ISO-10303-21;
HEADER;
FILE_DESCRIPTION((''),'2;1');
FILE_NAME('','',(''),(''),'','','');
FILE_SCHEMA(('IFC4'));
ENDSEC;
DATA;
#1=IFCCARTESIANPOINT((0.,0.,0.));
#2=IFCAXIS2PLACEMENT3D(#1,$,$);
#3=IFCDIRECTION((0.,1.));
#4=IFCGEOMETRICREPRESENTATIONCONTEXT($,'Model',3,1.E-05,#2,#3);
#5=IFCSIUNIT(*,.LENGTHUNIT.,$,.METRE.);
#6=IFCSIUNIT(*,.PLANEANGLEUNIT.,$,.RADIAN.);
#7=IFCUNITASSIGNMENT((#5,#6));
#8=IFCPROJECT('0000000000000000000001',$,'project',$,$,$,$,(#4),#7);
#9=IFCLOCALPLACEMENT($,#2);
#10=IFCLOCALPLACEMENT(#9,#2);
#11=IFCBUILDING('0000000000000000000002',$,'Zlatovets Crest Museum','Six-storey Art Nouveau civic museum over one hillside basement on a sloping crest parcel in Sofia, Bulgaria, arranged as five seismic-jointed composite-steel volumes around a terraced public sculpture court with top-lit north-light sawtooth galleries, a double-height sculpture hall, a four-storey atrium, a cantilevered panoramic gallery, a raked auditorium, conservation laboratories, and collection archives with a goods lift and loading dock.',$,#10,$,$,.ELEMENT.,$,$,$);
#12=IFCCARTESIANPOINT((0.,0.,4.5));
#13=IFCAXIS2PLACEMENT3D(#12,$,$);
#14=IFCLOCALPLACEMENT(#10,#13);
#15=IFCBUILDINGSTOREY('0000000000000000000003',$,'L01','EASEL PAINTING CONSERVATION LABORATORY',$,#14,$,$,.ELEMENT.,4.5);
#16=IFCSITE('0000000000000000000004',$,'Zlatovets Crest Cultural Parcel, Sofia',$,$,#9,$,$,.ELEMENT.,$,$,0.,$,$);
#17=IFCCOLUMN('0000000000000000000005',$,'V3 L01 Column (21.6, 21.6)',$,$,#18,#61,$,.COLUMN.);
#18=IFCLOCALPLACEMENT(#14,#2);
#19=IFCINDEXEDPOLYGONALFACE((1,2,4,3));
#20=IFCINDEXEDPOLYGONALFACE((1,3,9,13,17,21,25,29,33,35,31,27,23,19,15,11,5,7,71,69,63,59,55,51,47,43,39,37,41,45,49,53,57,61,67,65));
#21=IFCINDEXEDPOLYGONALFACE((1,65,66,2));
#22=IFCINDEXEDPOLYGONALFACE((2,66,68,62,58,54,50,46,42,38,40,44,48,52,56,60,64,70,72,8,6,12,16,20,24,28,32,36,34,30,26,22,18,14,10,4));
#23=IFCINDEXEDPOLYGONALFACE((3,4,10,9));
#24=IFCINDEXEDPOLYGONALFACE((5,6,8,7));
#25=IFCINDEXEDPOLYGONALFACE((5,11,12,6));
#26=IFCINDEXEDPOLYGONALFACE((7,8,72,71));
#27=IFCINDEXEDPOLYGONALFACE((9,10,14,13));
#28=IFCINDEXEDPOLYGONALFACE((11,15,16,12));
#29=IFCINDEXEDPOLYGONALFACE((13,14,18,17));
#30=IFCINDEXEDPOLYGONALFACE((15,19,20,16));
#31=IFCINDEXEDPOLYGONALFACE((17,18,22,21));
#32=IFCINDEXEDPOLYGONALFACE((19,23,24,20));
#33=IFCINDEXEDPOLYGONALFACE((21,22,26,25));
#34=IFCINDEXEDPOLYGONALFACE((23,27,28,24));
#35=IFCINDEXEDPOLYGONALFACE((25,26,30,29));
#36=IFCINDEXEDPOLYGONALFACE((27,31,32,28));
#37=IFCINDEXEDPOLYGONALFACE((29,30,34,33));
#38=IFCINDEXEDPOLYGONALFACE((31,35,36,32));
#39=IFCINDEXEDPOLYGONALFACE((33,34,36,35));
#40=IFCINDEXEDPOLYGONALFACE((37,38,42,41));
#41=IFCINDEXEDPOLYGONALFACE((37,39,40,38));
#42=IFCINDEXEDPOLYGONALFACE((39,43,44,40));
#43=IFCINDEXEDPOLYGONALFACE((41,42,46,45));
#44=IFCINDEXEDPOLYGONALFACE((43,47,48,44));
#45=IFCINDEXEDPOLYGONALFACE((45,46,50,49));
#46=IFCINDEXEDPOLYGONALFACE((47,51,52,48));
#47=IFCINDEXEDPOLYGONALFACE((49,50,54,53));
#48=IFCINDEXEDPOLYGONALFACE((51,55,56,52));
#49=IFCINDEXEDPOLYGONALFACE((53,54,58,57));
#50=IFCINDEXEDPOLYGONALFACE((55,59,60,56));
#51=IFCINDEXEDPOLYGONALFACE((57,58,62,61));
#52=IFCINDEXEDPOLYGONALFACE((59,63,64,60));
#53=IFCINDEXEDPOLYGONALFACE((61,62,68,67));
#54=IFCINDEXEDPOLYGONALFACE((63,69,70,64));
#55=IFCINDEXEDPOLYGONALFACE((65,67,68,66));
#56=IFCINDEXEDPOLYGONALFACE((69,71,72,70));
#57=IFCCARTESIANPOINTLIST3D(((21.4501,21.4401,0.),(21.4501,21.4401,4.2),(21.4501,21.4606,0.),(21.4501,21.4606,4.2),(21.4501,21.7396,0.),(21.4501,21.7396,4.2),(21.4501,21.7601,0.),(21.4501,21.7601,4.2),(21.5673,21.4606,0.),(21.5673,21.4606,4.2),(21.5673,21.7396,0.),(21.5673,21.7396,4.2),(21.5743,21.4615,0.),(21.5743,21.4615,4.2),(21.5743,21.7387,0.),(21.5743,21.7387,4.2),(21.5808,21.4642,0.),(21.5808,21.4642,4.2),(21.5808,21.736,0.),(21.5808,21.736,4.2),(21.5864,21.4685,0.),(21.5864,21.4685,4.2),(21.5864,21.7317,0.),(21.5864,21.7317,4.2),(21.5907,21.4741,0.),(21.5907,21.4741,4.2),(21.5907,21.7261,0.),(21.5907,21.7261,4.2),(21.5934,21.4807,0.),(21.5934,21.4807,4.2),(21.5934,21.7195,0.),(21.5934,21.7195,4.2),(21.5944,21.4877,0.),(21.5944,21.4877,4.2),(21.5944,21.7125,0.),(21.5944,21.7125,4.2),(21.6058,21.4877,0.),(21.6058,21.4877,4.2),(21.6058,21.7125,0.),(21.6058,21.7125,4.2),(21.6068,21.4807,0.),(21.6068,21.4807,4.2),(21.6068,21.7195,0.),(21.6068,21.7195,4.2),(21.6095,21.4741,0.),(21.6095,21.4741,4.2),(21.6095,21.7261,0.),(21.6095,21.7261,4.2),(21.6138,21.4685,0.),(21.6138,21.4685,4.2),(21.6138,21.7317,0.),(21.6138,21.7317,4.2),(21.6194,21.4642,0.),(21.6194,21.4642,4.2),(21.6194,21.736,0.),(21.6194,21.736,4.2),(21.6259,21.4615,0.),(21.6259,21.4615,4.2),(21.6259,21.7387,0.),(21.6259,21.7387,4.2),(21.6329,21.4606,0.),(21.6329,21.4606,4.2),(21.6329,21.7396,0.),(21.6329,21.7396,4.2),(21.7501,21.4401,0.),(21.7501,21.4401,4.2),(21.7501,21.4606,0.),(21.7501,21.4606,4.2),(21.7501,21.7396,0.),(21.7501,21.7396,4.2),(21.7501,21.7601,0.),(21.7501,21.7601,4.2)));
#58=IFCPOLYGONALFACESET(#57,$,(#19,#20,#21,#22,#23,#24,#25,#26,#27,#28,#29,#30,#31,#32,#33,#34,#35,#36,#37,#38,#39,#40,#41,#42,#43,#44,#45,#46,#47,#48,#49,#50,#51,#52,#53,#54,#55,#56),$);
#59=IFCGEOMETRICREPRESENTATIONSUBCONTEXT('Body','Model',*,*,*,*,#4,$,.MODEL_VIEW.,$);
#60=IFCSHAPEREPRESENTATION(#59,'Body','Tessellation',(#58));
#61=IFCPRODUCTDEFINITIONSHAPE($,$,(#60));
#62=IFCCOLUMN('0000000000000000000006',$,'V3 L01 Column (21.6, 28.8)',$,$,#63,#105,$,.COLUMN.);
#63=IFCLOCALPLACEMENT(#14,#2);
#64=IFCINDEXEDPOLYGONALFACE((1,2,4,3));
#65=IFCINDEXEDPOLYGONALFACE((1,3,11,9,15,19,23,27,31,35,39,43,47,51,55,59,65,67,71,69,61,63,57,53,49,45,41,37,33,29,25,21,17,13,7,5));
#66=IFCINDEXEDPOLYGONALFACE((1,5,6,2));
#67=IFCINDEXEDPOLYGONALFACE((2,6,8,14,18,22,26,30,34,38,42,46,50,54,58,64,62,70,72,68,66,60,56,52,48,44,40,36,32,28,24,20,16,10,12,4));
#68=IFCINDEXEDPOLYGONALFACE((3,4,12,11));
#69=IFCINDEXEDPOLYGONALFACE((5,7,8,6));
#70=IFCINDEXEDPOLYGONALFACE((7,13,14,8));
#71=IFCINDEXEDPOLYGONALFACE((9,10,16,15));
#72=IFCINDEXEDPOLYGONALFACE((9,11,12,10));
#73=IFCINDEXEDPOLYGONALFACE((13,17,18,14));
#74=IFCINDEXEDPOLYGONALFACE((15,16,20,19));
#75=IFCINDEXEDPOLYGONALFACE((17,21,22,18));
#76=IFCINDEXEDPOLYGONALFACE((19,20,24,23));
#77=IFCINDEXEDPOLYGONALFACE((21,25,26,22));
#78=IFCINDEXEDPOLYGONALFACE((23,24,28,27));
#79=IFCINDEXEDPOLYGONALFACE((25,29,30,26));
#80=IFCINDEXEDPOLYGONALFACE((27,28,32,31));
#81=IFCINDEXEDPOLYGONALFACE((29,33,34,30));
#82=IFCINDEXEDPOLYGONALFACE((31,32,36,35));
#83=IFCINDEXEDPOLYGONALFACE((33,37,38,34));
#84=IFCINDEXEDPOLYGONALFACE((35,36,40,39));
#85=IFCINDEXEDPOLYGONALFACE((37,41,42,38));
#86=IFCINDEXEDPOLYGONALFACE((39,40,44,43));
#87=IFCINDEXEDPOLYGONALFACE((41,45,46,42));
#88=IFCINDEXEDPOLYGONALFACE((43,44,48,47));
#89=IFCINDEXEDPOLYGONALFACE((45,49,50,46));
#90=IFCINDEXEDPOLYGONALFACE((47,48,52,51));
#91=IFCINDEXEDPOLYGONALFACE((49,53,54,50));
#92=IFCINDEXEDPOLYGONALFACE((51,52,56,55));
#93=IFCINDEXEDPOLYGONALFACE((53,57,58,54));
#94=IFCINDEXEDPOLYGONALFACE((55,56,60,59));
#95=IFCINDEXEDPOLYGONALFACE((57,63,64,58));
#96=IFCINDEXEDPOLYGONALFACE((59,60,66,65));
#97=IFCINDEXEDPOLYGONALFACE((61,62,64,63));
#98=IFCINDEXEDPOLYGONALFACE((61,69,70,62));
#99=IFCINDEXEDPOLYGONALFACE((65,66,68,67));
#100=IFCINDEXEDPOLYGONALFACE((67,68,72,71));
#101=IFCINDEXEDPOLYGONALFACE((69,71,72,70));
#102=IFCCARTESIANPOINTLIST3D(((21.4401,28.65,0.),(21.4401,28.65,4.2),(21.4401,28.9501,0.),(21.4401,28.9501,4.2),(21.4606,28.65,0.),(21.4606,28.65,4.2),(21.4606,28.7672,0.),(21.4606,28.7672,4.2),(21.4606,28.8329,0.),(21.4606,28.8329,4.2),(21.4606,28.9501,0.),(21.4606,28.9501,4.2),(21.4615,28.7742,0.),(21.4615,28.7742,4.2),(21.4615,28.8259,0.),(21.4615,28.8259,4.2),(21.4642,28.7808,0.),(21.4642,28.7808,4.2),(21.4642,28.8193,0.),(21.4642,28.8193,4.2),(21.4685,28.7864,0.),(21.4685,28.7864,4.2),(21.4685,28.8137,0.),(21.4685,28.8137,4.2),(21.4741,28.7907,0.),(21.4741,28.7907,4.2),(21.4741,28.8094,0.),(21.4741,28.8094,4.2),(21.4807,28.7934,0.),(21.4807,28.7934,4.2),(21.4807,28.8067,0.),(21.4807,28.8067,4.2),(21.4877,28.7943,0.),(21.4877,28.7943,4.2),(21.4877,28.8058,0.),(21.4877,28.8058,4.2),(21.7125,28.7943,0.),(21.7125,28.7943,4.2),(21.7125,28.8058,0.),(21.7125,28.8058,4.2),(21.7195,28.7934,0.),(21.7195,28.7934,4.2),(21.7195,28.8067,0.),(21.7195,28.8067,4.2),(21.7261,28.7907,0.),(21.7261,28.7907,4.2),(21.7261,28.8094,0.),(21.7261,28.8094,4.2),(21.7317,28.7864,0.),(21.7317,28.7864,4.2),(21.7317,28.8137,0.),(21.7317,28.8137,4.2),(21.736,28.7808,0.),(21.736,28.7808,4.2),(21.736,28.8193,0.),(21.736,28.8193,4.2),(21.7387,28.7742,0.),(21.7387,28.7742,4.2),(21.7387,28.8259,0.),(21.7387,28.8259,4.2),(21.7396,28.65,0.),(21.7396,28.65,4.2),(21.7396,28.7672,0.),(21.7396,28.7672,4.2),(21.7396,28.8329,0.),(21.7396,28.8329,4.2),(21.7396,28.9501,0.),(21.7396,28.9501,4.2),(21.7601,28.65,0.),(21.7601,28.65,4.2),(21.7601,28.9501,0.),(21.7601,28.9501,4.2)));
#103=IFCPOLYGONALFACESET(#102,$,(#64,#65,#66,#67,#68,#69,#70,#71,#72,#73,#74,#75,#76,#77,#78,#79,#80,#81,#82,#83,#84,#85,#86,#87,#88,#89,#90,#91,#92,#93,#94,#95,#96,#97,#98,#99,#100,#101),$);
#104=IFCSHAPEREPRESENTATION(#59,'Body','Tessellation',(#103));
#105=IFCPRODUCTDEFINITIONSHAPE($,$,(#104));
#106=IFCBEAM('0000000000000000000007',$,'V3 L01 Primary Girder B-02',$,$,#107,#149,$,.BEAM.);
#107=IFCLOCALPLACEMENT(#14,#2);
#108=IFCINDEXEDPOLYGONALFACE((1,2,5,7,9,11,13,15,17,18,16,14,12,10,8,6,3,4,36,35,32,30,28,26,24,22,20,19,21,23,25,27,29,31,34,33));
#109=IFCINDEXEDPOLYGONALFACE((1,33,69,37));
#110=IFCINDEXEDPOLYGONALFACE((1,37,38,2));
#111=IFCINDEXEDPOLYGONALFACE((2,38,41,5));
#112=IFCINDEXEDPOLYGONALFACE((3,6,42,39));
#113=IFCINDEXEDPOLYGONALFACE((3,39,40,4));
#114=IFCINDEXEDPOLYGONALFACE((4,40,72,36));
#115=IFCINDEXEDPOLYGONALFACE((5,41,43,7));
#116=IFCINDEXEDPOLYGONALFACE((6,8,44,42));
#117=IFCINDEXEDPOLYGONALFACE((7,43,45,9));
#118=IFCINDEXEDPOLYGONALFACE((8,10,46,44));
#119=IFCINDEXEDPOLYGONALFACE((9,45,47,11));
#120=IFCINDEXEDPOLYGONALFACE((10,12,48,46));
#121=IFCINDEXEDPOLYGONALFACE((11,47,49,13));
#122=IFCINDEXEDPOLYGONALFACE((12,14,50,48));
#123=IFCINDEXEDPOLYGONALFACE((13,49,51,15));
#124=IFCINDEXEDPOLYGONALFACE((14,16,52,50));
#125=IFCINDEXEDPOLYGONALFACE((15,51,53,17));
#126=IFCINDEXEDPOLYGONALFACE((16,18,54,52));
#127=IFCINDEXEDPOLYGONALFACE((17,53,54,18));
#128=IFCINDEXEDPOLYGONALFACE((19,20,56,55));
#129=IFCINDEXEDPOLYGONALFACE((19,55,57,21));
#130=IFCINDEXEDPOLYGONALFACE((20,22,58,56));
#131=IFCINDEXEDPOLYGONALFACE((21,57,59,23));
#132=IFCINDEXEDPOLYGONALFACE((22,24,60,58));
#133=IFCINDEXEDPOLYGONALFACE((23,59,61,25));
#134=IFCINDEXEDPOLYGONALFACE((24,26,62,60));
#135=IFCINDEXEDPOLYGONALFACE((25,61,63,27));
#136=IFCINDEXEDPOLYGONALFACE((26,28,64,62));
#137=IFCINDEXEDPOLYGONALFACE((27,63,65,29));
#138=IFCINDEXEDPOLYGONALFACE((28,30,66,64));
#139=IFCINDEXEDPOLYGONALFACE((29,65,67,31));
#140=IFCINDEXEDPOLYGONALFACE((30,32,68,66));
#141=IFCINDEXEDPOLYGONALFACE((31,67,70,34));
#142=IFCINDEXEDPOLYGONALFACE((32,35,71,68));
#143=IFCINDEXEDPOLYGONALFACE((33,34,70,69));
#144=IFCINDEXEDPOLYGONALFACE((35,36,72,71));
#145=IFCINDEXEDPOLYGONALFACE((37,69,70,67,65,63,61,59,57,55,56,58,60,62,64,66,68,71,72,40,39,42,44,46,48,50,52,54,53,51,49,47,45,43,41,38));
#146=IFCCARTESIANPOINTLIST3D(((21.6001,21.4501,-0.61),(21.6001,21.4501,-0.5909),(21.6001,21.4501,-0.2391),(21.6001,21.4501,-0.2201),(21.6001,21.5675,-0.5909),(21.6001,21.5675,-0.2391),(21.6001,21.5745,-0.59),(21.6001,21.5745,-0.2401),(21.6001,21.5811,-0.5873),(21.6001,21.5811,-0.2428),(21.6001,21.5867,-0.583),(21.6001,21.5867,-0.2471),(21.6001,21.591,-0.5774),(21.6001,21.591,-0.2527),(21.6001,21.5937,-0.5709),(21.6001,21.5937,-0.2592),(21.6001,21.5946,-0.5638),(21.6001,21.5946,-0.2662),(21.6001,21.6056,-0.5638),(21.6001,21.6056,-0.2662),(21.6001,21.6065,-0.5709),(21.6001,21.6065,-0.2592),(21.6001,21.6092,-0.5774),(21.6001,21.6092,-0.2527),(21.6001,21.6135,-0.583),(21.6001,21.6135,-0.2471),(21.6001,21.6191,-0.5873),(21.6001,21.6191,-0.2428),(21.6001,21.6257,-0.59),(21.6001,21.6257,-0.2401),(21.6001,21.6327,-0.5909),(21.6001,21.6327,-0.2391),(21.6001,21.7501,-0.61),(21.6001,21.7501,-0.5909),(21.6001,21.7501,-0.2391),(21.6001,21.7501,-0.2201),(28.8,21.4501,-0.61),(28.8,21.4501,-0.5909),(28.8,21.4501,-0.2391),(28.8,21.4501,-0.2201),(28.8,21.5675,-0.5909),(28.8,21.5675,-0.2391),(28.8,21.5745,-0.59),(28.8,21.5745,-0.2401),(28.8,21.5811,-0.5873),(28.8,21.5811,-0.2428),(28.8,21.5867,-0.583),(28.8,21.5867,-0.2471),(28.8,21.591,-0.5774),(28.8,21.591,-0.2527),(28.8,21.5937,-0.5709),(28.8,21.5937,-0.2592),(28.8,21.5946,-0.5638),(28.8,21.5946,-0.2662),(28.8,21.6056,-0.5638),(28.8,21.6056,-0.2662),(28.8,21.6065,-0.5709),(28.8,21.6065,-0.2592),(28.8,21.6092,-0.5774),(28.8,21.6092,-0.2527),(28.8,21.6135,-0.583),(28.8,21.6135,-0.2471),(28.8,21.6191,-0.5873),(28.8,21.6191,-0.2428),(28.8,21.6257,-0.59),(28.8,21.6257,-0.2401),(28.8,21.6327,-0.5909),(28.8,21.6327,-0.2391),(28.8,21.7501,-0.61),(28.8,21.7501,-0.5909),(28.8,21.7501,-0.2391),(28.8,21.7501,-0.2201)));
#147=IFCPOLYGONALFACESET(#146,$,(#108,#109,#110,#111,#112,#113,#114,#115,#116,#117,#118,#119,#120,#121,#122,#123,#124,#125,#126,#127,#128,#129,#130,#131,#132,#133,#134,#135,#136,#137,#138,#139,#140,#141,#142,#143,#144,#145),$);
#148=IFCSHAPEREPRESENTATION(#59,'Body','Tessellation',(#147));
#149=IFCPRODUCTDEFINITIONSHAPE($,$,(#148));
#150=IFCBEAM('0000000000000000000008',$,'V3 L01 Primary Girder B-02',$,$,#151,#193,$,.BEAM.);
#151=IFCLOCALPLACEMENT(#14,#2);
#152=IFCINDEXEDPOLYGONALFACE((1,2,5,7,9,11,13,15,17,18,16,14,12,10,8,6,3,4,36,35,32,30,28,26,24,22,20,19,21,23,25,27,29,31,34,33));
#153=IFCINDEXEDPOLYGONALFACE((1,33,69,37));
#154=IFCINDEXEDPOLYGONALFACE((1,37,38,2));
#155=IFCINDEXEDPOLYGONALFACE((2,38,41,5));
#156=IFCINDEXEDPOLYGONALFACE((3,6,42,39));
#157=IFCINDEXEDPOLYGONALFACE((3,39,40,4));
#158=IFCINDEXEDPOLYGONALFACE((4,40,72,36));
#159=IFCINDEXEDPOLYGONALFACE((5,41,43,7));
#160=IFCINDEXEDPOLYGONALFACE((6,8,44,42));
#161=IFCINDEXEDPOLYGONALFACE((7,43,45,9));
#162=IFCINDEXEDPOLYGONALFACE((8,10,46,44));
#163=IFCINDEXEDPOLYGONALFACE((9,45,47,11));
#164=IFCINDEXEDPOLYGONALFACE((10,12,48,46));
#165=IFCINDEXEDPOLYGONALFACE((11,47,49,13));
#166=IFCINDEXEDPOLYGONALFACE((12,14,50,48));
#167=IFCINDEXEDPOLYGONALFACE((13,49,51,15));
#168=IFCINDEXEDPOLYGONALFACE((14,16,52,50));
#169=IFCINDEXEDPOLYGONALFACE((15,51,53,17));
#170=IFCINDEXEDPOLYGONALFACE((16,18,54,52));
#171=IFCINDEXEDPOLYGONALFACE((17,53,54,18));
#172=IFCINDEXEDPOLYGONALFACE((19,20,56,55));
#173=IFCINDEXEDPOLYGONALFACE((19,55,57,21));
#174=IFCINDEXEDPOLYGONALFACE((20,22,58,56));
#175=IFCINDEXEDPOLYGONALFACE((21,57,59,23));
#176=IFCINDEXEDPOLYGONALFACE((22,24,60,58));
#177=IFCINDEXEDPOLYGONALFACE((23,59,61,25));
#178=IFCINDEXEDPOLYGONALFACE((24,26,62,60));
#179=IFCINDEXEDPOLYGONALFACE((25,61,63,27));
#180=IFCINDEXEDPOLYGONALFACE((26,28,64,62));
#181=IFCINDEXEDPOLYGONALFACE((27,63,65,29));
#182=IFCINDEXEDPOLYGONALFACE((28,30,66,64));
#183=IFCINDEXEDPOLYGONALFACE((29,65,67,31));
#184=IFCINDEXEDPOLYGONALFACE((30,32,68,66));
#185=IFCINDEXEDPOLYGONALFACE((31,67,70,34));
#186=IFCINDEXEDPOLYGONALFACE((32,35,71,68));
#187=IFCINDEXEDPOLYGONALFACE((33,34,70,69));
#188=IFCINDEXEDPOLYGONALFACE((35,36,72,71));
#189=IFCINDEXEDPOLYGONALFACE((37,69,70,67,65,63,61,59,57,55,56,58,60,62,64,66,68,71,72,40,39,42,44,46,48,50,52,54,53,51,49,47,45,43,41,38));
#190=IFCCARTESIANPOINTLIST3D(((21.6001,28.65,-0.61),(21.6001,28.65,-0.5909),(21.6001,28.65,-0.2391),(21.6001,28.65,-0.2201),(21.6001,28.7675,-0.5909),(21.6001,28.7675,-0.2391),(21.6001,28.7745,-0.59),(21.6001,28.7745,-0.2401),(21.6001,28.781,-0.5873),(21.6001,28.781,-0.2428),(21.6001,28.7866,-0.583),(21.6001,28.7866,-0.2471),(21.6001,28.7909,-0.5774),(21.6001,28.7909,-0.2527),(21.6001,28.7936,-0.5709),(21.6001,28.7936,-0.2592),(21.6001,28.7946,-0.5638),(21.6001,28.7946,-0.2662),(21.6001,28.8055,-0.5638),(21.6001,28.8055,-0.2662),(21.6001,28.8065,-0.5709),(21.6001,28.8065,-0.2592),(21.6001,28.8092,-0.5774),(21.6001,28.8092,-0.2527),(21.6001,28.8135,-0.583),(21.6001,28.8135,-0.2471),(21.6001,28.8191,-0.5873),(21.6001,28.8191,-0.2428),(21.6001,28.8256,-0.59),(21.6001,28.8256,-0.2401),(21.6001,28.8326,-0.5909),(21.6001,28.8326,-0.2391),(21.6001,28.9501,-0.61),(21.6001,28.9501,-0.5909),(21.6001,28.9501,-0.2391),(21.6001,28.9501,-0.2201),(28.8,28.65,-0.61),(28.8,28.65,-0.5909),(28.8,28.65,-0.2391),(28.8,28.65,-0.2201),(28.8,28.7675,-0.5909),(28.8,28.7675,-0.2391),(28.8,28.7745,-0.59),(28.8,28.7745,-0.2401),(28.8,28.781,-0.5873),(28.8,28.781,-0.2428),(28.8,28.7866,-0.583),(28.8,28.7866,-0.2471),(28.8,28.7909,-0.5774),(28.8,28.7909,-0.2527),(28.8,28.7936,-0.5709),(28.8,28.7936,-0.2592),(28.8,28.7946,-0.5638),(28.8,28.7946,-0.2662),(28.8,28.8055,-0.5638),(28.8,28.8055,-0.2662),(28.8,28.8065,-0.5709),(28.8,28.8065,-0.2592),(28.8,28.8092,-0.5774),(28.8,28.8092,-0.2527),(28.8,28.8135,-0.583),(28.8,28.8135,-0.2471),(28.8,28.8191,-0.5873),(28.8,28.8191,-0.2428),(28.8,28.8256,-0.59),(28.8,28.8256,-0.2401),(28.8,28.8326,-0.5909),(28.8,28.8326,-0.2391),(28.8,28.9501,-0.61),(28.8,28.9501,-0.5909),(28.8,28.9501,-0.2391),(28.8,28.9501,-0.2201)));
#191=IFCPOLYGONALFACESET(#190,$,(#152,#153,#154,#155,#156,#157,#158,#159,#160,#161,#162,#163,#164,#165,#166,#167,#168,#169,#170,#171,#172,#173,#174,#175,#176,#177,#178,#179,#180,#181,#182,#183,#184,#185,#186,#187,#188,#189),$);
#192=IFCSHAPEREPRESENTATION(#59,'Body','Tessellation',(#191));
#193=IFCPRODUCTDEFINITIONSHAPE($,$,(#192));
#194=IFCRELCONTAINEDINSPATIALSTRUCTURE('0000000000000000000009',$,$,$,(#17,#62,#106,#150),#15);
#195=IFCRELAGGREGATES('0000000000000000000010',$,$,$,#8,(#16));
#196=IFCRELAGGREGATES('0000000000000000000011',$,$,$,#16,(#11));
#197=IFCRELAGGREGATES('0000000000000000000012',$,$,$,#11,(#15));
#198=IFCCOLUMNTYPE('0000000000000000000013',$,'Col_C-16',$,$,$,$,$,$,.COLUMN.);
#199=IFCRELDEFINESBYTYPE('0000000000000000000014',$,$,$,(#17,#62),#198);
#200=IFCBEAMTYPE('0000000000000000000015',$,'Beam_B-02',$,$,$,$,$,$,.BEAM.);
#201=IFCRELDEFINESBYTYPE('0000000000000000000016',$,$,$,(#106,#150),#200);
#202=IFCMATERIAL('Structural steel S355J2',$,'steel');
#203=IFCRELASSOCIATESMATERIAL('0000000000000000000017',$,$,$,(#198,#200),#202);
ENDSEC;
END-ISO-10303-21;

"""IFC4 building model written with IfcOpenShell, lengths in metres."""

from ifc_helpers import new_model, si_unit, direction, frame, origin, origin_2d, place, context, subcontext, project, spatial, i_section, extrude, material, material_profile, profile_set, type_object, element, save


model = new_model("IFC4")

# Units and contexts
model_context = context("Model", 3, precision=1e-05, world=origin(), true_north=direction((0.0, 1.0)))
body_context = subcontext(model_context, "Body", "Model", "MODEL_VIEW")
ifc_project = project(units=[si_unit("LENGTHUNIT", "METRE"), si_unit("PLANEANGLEUNIT", "RADIAN")], contexts=[model_context])

# Site, building, storey
site_placement = place(None, origin())
site = spatial("IfcSite", under=ifc_project, at=site_placement, Name="Zlatovets Crest Cultural Parcel, Sofia", CompositionType="ELEMENT", RefElevation=0.0)
building_placement = place(site_placement, origin())
building = spatial("IfcBuilding", under=site, at=building_placement, Name="Zlatovets Crest Museum", Description="Six-storey Art Nouveau civic museum over one hillside basement on a sloping crest parcel in Sofia, Bulgaria, arranged as five seismic-jointed composite-steel volumes around a terraced public sculpture court with top-lit north-light sawtooth galleries, a double-height sculpture hall, a four-storey atrium, a cantilevered panoramic gallery, a raked auditorium, conservation laboratories, and collection archives with a goods lift and loading dock.", CompositionType="ELEMENT")
storey_placement = place(building_placement, frame((0.0, 0.0, 4.5)))
storey = spatial("IfcBuildingStorey", under=building, at=storey_placement, Name="L01", Description="EASEL PAINTING CONSERVATION LABORATORY", CompositionType="ELEMENT", Elevation=4.5)

# Columns
ifc_material_1 = material(Name="Structural steel S355J2", Category="steel")
ifc_material_profile_1 = material_profile(ifc_material_1, i_section(OverallWidth=0.3, OverallDepth=0.3201, WebThickness=0.0115, FlangeThickness=0.0205, FilletRadius=0.0271, at=origin_2d()), Name="HEB 320")
ifc_profile_set_1 = profile_set([ifc_material_profile_1], Name="Structural steel S355J2")
column_type = type_object("IfcColumnType", Name="Col_C-16", PredefinedType="COLUMN", material=ifc_profile_set_1)
for number, where, z_axis, x_axis, name in (
    (1, (21.6001, 21.6001, 0.0), (0.0, 0.0, 1.0), (1.0, 0.0, 0.0), "V3 L01 Column (21.6, 21.6)"),
    (2, (21.6001, 28.8, 0.0), (0.0, 0.0, 1.0), (0.0, 1.0, 0.0), "V3 L01 Column (21.6, 28.8)"),
):
    element("IfcColumn", number, at=place(storey_placement, frame(where, z_axis=z_axis, x_axis=x_axis)), inside=storey, type_object=column_type, Name=name, PredefinedType="COLUMN", context=body_context, shape_type="SweptSolid", body=[
        extrude(i_section(OverallWidth=0.3, OverallDepth=0.3201, WebThickness=0.0115, FlangeThickness=0.0205, FilletRadius=0.0271, at=origin_2d()), origin(), (0.0, 0.0, 1.0), 4.2),
    ])

# Beams
ifc_material_profile_2 = material_profile(ifc_material_1, i_section(OverallWidth=0.3, OverallDepth=0.3899, WebThickness=0.011, FlangeThickness=0.019, FilletRadius=0.0271, at=origin_2d()), Name="HEA 400")
ifc_profile_set_2 = profile_set([ifc_material_profile_2], Name="Structural steel S355J2")
beam_type_1 = type_object("IfcBeamType", Name="Beam_B-02", PredefinedType="BEAM", material=ifc_profile_set_2)
for number, where, z_axis, x_axis, name in (
    (3, (21.6001, 21.6001, -0.415), (1.0, 0.0, 0.0), (0.0, 1.0, 0.0), "V3 L01 Primary Girder B-02"),
    (4, (21.6001, 28.8, -0.415), (1.0, 0.0, 0.0), (0.0, 1.0, 0.0), "V3 L01 Primary Girder B-02"),
):
    element("IfcBeam", number, at=place(storey_placement, frame(where, z_axis=z_axis, x_axis=x_axis)), inside=storey, type_object=beam_type_1, Name=name, PredefinedType="BEAM", context=body_context, shape_type="SweptSolid", body=[
        extrude(i_section(OverallWidth=0.3, OverallDepth=0.3899, WebThickness=0.011, FlangeThickness=0.019, FilletRadius=0.0271, at=origin_2d()), origin(), (0.0, 0.0, 1.0), 7.2),
    ])

save(model, "model.ifc")
